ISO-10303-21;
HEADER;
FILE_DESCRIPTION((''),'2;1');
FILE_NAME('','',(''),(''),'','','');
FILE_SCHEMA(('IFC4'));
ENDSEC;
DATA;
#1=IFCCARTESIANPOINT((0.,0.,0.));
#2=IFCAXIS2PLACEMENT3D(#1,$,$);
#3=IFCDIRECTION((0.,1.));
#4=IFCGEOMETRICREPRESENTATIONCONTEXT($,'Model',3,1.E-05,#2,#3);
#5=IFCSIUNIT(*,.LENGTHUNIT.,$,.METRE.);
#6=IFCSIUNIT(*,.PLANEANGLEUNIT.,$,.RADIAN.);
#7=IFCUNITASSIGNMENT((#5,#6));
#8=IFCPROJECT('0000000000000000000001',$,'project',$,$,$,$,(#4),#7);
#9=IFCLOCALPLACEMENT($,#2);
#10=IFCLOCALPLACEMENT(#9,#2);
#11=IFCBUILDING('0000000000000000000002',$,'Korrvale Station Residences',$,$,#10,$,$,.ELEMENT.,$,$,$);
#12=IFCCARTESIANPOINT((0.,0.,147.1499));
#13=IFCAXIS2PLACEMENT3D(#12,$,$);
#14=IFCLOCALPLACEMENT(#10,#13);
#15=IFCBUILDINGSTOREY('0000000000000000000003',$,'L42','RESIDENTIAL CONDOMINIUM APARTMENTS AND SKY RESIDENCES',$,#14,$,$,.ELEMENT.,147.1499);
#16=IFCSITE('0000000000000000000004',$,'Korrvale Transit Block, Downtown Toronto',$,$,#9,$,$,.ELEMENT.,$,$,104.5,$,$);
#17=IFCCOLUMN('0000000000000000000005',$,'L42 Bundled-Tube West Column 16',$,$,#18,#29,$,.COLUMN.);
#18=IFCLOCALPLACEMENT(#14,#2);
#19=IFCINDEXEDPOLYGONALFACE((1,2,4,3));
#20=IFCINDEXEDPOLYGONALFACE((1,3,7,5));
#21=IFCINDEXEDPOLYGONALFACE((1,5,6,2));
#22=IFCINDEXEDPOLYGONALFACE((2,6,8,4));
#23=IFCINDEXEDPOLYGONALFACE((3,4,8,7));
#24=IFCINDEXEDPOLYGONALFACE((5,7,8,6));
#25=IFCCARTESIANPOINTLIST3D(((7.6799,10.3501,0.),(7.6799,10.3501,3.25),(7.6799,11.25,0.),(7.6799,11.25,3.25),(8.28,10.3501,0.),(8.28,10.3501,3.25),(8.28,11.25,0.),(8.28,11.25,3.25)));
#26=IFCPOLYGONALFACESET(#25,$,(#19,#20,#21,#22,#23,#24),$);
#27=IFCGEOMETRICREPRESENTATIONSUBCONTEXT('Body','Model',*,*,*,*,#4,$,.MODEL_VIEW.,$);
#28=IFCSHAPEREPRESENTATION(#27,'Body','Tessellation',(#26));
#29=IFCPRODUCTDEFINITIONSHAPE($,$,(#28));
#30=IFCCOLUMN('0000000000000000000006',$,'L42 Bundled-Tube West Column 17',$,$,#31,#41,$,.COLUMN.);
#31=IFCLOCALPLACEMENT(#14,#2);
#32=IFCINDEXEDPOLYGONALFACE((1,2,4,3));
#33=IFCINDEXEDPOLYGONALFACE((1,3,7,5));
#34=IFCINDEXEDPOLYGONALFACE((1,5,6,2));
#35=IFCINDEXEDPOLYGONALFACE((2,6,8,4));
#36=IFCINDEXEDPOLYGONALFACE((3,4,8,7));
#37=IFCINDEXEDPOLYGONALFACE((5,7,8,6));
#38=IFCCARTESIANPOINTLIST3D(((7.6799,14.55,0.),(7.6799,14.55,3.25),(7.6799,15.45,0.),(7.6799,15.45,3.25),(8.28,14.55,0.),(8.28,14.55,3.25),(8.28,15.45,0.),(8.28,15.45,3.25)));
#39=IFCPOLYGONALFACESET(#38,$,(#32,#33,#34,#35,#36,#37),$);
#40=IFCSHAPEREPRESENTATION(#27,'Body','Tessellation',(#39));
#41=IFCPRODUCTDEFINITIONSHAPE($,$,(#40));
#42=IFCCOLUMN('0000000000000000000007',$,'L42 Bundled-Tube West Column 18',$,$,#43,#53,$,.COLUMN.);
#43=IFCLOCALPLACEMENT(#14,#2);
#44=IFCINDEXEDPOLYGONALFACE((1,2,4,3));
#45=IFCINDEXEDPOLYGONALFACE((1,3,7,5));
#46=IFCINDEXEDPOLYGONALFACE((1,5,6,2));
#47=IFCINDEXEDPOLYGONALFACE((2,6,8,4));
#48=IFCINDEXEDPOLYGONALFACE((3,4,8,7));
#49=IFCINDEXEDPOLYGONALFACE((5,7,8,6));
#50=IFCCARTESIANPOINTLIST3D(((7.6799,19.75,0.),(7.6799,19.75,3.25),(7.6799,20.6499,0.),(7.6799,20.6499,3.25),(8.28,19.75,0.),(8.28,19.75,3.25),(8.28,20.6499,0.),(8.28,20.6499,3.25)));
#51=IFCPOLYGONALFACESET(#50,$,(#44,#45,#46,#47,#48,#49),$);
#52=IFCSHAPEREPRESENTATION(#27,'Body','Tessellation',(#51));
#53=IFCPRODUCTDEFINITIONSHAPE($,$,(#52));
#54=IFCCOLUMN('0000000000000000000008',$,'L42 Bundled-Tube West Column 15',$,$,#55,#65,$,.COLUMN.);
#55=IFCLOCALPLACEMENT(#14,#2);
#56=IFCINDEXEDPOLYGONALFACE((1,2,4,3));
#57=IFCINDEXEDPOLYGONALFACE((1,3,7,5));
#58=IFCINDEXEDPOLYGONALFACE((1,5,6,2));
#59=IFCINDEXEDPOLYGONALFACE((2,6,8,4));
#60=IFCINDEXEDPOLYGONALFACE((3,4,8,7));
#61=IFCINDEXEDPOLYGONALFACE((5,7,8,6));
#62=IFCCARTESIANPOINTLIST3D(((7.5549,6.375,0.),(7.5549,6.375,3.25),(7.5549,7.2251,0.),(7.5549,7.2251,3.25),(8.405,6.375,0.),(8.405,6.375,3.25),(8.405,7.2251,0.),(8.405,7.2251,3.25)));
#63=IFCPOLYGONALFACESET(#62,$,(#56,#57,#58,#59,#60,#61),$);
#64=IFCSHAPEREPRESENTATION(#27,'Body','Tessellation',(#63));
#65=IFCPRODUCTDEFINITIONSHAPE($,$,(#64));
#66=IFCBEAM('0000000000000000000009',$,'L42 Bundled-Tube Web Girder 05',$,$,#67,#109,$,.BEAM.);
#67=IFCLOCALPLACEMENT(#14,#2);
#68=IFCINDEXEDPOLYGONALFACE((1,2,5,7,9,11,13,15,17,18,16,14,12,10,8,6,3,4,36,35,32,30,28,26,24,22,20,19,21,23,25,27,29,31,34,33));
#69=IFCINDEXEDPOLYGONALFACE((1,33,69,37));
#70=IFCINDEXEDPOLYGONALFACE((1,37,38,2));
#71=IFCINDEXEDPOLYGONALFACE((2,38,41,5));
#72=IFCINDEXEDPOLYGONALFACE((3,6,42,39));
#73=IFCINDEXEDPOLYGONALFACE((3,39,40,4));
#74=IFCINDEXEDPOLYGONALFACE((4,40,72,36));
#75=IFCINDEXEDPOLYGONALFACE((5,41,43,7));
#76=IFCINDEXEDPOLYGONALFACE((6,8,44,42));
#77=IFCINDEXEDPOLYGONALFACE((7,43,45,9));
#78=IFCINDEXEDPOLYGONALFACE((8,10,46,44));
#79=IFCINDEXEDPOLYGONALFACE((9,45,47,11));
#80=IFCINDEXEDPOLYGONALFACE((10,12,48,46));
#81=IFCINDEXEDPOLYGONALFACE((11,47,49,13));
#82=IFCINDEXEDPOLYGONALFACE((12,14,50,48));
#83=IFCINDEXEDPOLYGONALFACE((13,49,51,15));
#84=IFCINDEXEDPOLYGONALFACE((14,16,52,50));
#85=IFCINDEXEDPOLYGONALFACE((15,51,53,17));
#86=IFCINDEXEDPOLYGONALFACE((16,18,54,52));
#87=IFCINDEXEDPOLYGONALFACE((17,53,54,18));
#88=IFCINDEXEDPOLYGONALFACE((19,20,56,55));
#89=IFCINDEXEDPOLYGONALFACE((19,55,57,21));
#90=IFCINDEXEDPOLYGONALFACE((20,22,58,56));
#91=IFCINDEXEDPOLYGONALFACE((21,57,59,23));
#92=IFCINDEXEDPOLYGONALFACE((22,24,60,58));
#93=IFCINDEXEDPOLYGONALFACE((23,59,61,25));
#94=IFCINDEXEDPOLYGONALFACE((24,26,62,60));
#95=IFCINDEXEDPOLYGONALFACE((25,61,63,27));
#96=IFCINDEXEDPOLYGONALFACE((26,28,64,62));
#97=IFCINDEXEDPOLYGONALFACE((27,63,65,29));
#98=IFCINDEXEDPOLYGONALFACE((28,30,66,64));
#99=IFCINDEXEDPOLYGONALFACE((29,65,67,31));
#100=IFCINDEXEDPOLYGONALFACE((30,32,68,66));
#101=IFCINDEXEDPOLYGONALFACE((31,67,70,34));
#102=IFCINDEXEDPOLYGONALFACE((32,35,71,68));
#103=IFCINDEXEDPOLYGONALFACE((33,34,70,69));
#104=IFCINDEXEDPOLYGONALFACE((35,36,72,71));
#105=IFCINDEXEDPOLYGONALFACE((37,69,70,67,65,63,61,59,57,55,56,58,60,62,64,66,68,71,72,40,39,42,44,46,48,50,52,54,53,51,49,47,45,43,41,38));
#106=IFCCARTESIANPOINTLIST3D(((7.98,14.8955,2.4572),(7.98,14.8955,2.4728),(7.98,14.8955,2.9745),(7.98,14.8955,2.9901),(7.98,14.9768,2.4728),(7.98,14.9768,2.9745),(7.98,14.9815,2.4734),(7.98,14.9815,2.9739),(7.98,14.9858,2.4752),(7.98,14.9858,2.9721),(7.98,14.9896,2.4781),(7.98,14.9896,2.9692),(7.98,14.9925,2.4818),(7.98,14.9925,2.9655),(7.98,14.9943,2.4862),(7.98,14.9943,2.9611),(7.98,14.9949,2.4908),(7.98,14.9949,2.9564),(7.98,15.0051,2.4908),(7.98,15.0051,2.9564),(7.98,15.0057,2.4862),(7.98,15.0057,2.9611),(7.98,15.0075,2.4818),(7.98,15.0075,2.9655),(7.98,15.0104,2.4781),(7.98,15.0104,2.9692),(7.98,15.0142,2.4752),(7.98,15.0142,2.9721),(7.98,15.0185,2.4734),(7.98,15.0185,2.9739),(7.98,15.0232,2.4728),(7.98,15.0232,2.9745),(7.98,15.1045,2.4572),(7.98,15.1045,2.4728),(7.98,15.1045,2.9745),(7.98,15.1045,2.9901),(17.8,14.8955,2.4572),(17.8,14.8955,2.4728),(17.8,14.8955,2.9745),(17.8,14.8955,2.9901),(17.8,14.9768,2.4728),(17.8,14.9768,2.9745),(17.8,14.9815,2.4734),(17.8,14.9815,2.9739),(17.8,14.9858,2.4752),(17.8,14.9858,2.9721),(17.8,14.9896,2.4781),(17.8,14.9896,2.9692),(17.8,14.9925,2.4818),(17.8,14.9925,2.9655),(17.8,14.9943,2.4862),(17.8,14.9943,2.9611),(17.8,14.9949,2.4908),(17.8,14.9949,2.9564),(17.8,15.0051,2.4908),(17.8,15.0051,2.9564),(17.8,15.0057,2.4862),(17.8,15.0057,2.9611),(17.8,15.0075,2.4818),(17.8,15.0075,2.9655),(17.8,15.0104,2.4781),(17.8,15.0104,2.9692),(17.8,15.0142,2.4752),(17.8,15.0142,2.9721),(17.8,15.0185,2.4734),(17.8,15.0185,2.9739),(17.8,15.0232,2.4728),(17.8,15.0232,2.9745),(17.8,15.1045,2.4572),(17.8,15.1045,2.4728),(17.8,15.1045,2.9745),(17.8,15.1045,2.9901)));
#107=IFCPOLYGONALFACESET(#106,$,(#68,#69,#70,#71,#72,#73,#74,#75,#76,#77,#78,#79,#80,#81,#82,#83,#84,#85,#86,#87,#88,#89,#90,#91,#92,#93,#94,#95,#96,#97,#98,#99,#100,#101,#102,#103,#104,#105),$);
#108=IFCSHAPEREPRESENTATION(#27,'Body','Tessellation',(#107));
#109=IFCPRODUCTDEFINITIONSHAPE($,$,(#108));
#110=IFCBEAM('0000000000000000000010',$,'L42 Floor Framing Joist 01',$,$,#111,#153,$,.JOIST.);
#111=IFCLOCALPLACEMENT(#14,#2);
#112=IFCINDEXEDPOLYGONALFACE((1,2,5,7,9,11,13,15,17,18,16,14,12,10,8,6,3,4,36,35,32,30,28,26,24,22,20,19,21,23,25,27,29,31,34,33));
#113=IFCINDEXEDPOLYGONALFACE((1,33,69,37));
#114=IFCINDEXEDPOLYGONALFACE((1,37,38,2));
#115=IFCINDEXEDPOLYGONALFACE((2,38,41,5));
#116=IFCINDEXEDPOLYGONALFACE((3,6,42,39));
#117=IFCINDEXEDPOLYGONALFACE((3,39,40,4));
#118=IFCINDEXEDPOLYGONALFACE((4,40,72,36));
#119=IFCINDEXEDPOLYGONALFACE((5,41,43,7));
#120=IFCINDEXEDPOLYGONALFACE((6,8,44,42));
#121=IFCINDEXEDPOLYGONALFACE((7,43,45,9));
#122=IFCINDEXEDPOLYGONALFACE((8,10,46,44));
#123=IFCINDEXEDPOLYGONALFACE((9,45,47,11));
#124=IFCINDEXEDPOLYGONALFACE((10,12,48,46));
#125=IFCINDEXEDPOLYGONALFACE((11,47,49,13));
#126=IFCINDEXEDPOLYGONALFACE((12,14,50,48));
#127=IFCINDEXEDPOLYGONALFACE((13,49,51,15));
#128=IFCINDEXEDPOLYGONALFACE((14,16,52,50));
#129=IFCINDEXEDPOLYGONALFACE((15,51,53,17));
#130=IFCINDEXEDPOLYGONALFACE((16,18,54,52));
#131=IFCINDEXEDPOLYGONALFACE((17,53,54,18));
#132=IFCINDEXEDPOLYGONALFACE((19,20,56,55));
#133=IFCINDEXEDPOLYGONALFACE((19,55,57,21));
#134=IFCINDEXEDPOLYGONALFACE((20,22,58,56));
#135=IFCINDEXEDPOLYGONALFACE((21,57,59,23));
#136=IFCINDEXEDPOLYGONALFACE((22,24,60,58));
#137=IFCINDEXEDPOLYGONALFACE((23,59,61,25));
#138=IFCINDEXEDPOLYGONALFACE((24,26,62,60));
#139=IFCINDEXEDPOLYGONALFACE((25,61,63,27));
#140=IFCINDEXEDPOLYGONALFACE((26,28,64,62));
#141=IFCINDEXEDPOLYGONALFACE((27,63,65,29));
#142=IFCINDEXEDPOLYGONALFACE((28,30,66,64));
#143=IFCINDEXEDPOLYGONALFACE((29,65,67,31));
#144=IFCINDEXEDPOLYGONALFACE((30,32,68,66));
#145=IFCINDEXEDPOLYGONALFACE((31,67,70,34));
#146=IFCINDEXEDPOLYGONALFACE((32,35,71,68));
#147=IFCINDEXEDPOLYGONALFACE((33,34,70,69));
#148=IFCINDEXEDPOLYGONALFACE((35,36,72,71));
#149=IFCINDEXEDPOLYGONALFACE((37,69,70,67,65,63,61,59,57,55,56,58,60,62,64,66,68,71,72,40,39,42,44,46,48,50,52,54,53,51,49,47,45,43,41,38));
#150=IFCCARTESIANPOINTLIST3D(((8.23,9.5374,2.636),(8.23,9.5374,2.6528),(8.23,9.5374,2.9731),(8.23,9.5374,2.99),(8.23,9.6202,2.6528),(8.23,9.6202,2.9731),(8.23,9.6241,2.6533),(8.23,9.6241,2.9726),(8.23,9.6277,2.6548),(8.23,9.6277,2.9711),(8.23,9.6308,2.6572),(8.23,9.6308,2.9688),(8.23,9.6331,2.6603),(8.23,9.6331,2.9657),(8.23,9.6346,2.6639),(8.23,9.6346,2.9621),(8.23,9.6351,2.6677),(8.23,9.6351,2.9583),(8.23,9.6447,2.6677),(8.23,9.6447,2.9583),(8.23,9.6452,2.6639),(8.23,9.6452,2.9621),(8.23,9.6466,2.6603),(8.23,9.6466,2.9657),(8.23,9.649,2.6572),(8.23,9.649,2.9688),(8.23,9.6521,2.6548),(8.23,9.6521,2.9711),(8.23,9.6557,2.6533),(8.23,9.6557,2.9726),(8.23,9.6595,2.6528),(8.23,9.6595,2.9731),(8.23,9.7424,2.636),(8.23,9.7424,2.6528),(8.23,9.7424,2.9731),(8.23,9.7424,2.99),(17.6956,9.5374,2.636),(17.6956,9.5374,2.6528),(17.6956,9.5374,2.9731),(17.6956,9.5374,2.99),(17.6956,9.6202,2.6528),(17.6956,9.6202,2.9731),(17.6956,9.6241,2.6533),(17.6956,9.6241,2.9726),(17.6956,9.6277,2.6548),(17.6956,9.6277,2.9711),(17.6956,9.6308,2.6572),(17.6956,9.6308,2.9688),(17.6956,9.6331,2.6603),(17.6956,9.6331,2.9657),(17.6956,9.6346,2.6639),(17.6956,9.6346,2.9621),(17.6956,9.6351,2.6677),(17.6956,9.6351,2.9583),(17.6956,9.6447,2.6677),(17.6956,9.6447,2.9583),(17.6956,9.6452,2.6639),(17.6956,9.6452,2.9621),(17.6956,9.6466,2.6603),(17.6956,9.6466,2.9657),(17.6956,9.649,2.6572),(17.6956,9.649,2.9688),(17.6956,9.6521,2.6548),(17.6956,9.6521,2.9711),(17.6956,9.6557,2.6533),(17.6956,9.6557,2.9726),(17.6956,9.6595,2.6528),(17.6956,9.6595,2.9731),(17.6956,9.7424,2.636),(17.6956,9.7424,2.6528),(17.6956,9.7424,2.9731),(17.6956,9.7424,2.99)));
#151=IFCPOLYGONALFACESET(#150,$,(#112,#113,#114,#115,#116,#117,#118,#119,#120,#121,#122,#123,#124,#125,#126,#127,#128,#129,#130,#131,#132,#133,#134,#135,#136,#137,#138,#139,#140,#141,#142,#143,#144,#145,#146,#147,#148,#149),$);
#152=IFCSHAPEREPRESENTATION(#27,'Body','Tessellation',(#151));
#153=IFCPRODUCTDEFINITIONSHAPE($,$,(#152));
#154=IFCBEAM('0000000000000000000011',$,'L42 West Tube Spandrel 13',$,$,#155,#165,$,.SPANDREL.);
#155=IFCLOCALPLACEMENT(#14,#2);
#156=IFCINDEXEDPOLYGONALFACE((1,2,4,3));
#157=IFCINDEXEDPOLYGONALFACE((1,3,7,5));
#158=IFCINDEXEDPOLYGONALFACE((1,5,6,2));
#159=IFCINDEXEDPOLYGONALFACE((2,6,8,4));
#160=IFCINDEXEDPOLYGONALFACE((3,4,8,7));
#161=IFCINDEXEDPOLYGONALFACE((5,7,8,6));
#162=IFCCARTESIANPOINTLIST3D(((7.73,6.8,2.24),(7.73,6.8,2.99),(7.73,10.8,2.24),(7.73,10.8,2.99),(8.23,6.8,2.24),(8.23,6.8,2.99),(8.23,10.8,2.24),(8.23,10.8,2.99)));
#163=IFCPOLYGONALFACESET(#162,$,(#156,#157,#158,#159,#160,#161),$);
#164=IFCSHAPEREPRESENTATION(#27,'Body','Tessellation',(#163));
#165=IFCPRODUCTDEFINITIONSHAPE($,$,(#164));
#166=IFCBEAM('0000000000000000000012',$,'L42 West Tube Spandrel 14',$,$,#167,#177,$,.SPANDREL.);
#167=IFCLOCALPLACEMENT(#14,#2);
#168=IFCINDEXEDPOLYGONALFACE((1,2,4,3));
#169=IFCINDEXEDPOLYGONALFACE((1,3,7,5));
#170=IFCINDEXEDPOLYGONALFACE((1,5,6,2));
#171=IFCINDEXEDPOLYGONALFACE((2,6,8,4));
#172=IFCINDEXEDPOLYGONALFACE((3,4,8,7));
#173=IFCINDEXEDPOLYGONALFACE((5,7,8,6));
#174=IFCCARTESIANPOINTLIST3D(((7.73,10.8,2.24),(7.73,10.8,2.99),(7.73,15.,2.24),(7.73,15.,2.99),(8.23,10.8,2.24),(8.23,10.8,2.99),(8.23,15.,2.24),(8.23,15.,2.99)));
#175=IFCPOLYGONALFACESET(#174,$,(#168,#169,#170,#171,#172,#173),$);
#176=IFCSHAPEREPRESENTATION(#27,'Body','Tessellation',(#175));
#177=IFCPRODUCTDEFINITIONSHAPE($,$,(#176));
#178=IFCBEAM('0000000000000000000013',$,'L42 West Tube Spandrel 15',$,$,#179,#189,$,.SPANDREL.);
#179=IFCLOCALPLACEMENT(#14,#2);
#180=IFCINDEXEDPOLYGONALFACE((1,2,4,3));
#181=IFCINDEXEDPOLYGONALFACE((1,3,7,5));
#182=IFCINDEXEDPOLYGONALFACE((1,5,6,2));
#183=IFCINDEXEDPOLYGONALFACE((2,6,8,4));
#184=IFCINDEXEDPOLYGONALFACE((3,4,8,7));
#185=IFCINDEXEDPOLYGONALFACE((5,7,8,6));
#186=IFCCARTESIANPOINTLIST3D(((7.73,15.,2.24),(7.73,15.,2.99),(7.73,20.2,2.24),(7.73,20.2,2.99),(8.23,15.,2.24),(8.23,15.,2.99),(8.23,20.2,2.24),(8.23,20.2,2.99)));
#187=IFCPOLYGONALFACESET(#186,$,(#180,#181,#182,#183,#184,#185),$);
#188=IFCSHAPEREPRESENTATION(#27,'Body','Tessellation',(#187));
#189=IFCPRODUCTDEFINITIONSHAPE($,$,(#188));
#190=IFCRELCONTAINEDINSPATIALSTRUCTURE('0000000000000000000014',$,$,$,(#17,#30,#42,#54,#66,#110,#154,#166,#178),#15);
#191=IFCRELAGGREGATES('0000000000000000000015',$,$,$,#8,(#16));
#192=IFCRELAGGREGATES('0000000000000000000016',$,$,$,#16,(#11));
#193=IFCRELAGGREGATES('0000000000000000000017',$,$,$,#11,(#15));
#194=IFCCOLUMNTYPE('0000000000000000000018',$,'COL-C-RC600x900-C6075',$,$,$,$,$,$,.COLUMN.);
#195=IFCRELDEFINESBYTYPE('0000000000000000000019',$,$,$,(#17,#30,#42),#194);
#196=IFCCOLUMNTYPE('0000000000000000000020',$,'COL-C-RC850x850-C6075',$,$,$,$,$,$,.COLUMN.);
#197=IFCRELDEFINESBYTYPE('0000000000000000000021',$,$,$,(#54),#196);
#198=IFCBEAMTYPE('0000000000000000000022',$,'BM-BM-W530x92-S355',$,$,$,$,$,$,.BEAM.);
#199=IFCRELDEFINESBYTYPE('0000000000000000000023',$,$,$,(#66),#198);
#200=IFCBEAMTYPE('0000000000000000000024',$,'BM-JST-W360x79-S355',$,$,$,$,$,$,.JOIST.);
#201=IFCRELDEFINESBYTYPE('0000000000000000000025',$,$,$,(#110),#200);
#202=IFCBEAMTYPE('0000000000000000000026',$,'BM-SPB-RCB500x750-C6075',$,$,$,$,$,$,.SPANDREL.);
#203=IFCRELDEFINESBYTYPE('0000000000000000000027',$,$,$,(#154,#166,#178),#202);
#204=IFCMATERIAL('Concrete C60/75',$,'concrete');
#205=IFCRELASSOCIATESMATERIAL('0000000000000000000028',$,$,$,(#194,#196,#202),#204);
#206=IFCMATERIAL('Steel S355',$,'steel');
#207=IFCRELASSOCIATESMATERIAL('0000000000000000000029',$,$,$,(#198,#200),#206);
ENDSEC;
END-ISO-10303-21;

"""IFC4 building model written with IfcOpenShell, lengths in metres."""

from ifc_helpers import new_model, si_unit, direction, frame, origin, origin_2d, place, context, subcontext, project, spatial, rectangle, i_section, extrude, material, material_profile, profile_set, type_object, element, save


model = new_model("IFC4")

# Units and contexts
model_context = context("Model", 3, precision=1e-05, world=origin(), true_north=direction((0.0, 1.0)))
body_context = subcontext(model_context, "Body", "Model", "MODEL_VIEW")
ifc_project = project(units=[si_unit("LENGTHUNIT", "METRE"), si_unit("PLANEANGLEUNIT", "RADIAN")], contexts=[model_context])

# Site, building, storey
site_placement = place(None, origin())
site = spatial("IfcSite", under=ifc_project, at=site_placement, Name="Korrvale Transit Block, Downtown Toronto", CompositionType="ELEMENT", RefElevation=104.5)
building_placement = place(site_placement, origin())
building = spatial("IfcBuilding", under=site, at=building_placement, Name="Korrvale Station Residences", CompositionType="ELEMENT")
storey_placement = place(building_placement, frame((0.0, 0.0, 147.1499)))
storey = spatial("IfcBuildingStorey", under=building, at=storey_placement, Name="L42", Description="RESIDENTIAL CONDOMINIUM APARTMENTS AND SKY RESIDENCES", CompositionType="ELEMENT", Elevation=147.1499)

# Columns
ifc_material_1 = material(Name="Concrete C60/75", Category="concrete")
ifc_material_profile_1 = material_profile(ifc_material_1, rectangle(XDim=0.6001, YDim=0.8999, at=origin_2d()), Name="RC600x900")
ifc_profile_set_1 = profile_set([ifc_material_profile_1], Name="Concrete C60/75")
column_type_1 = type_object("IfcColumnType", Name="COL-C-RC600x900-C6075", PredefinedType="COLUMN", material=ifc_profile_set_1)
for number, where, z_axis, x_axis, name in (
    (1, (7.98, 10.8, 0.0), (0.0, 0.0, 1.0), (1.0, 0.0, 0.0), "L42 Bundled-Tube West Column 16"),
    (2, (7.98, 15.0, 0.0), (0.0, 0.0, 1.0), (1.0, 0.0, 0.0), "L42 Bundled-Tube West Column 17"),
    (3, (7.98, 20.2, 0.0), (0.0, 0.0, 1.0), (1.0, 0.0, 0.0), "L42 Bundled-Tube West Column 18"),
):
    element("IfcColumn", number, at=place(storey_placement, frame(where, z_axis=z_axis, x_axis=x_axis)), inside=storey, type_object=column_type_1, Name=name, PredefinedType="COLUMN", context=body_context, shape_type="SweptSolid", body=[
        extrude(rectangle(XDim=0.6001, YDim=0.8999, at=origin_2d()), origin(), (0.0, 0.0, 1.0), 3.25),
    ])
ifc_material_profile_2 = material_profile(ifc_material_1, rectangle(XDim=0.8501, YDim=0.8501, at=origin_2d()), Name="RC850x850")
ifc_profile_set_2 = profile_set([ifc_material_profile_2], Name="Concrete C60/75")
column_type_2 = type_object("IfcColumnType", Name="COL-C-RC850x850-C6075", PredefinedType="COLUMN", material=ifc_profile_set_2)
column_placement = place(storey_placement, frame((7.98, 6.8, 0.0), z_axis=(0.0, 0.0, 1.0), x_axis=(1.0, 0.0, 0.0)))
element("IfcColumn", 4, at=column_placement, inside=storey, type_object=column_type_2, Name="L42 Bundled-Tube West Column 15", PredefinedType="COLUMN", context=body_context, shape_type="SweptSolid", body=[
    extrude(rectangle(XDim=0.8501, YDim=0.8501, at=origin_2d()), origin(), (0.0, 0.0, 1.0), 3.25),
])

# Beams
ifc_material_2 = material(Name="Steel S355", Category="steel")
ifc_material_profile_3 = material_profile(ifc_material_2, i_section(OverallWidth=0.209, OverallDepth=0.533, WebThickness=0.0103, FlangeThickness=0.0156, FilletRadius=0.0181, at=origin_2d()), Name="W530x92")
ifc_profile_set_3 = profile_set([ifc_material_profile_3], Name="Steel S355")
beam_type_1 = type_object("IfcBeamType", Name="BM-BM-W530x92-S355", PredefinedType="BEAM", material=ifc_profile_set_3)
beam_1_placement = place(storey_placement, frame((7.98, 15.0, 2.7236), z_axis=(1.0, 0.0, 0.0), x_axis=(0.0, 1.0, 0.0)))
element("IfcBeam", 5, at=beam_1_placement, inside=storey, type_object=beam_type_1, Name="L42 Bundled-Tube Web Girder 05", PredefinedType="BEAM", context=body_context, shape_type="SweptSolid", body=[
    extrude(i_section(OverallWidth=0.209, OverallDepth=0.533, WebThickness=0.0103, FlangeThickness=0.0156, FilletRadius=0.0181, at=origin_2d()), origin(), (0.0, 0.0, 1.0), 9.8201),
])
ifc_material_profile_4 = material_profile(ifc_material_2, i_section(OverallWidth=0.2051, OverallDepth=0.354, WebThickness=0.0095, FlangeThickness=0.0168, FilletRadius=0.0149, at=origin_2d()), Name="W360x79")
ifc_profile_set_4 = profile_set([ifc_material_profile_4], Name="Steel S355")
beam_type_2 = type_object("IfcBeamType", Name="BM-JST-W360x79-S355", PredefinedType="JOIST", material=ifc_profile_set_4)
beam_2_placement = place(storey_placement, frame((8.23, 9.6399, 2.813), z_axis=(1.0, 0.0, 0.0), x_axis=(0.0, 1.0, 0.0)))
element("IfcBeam", 6, at=beam_2_placement, inside=storey, type_object=beam_type_2, Name="L42 Floor Framing Joist 01", PredefinedType="JOIST", context=body_context, shape_type="SweptSolid", body=[
    extrude(i_section(OverallWidth=0.2051, OverallDepth=0.354, WebThickness=0.0095, FlangeThickness=0.0168, FilletRadius=0.0149, at=origin_2d()), origin(), (0.0, 0.0, 1.0), 9.4656),
])
ifc_material_profile_5 = material_profile(ifc_material_1, rectangle(XDim=0.5, YDim=0.75, at=origin_2d()), Name="RCB500x750")
ifc_profile_set_5 = profile_set([ifc_material_profile_5], Name="Concrete C60/75")
beam_type_3 = type_object("IfcBeamType", Name="BM-SPB-RCB500x750-C6075", PredefinedType="SPANDREL", material=ifc_profile_set_5)
beam_3_placement = place(storey_placement, frame((7.98, 6.8, 2.615), z_axis=(0.0, 1.0, 0.0), x_axis=(-1.0, 0.0, 0.0)))
element("IfcBeam", 7, at=beam_3_placement, inside=storey, type_object=beam_type_3, Name="L42 West Tube Spandrel 13", PredefinedType="SPANDREL", context=body_context, shape_type="SweptSolid", body=[
    extrude(rectangle(XDim=0.5, YDim=0.75, at=origin_2d()), origin(), (0.0, 0.0, 1.0), 4.0),
])
beam_4_placement = place(storey_placement, frame((7.98, 10.8, 2.615), z_axis=(0.0, 1.0, 0.0), x_axis=(-1.0, 0.0, 0.0)))
element("IfcBeam", 8, at=beam_4_placement, inside=storey, type_object=beam_type_3, Name="L42 West Tube Spandrel 14", PredefinedType="SPANDREL", context=body_context, shape_type="SweptSolid", body=[
    extrude(rectangle(XDim=0.5, YDim=0.75, at=origin_2d()), origin(), (0.0, 0.0, 1.0), 4.2),
])
beam_5_placement = place(storey_placement, frame((7.98, 15.0, 2.615), z_axis=(0.0, 1.0, 0.0), x_axis=(-1.0, 0.0, 0.0)))
element("IfcBeam", 9, at=beam_5_placement, inside=storey, type_object=beam_type_3, Name="L42 West Tube Spandrel 15", PredefinedType="SPANDREL", context=body_context, shape_type="SweptSolid", body=[
    extrude(rectangle(XDim=0.5, YDim=0.75, at=origin_2d()), origin(), (0.0, 0.0, 1.0), 5.2),
])

save(model, "model.ifc")
